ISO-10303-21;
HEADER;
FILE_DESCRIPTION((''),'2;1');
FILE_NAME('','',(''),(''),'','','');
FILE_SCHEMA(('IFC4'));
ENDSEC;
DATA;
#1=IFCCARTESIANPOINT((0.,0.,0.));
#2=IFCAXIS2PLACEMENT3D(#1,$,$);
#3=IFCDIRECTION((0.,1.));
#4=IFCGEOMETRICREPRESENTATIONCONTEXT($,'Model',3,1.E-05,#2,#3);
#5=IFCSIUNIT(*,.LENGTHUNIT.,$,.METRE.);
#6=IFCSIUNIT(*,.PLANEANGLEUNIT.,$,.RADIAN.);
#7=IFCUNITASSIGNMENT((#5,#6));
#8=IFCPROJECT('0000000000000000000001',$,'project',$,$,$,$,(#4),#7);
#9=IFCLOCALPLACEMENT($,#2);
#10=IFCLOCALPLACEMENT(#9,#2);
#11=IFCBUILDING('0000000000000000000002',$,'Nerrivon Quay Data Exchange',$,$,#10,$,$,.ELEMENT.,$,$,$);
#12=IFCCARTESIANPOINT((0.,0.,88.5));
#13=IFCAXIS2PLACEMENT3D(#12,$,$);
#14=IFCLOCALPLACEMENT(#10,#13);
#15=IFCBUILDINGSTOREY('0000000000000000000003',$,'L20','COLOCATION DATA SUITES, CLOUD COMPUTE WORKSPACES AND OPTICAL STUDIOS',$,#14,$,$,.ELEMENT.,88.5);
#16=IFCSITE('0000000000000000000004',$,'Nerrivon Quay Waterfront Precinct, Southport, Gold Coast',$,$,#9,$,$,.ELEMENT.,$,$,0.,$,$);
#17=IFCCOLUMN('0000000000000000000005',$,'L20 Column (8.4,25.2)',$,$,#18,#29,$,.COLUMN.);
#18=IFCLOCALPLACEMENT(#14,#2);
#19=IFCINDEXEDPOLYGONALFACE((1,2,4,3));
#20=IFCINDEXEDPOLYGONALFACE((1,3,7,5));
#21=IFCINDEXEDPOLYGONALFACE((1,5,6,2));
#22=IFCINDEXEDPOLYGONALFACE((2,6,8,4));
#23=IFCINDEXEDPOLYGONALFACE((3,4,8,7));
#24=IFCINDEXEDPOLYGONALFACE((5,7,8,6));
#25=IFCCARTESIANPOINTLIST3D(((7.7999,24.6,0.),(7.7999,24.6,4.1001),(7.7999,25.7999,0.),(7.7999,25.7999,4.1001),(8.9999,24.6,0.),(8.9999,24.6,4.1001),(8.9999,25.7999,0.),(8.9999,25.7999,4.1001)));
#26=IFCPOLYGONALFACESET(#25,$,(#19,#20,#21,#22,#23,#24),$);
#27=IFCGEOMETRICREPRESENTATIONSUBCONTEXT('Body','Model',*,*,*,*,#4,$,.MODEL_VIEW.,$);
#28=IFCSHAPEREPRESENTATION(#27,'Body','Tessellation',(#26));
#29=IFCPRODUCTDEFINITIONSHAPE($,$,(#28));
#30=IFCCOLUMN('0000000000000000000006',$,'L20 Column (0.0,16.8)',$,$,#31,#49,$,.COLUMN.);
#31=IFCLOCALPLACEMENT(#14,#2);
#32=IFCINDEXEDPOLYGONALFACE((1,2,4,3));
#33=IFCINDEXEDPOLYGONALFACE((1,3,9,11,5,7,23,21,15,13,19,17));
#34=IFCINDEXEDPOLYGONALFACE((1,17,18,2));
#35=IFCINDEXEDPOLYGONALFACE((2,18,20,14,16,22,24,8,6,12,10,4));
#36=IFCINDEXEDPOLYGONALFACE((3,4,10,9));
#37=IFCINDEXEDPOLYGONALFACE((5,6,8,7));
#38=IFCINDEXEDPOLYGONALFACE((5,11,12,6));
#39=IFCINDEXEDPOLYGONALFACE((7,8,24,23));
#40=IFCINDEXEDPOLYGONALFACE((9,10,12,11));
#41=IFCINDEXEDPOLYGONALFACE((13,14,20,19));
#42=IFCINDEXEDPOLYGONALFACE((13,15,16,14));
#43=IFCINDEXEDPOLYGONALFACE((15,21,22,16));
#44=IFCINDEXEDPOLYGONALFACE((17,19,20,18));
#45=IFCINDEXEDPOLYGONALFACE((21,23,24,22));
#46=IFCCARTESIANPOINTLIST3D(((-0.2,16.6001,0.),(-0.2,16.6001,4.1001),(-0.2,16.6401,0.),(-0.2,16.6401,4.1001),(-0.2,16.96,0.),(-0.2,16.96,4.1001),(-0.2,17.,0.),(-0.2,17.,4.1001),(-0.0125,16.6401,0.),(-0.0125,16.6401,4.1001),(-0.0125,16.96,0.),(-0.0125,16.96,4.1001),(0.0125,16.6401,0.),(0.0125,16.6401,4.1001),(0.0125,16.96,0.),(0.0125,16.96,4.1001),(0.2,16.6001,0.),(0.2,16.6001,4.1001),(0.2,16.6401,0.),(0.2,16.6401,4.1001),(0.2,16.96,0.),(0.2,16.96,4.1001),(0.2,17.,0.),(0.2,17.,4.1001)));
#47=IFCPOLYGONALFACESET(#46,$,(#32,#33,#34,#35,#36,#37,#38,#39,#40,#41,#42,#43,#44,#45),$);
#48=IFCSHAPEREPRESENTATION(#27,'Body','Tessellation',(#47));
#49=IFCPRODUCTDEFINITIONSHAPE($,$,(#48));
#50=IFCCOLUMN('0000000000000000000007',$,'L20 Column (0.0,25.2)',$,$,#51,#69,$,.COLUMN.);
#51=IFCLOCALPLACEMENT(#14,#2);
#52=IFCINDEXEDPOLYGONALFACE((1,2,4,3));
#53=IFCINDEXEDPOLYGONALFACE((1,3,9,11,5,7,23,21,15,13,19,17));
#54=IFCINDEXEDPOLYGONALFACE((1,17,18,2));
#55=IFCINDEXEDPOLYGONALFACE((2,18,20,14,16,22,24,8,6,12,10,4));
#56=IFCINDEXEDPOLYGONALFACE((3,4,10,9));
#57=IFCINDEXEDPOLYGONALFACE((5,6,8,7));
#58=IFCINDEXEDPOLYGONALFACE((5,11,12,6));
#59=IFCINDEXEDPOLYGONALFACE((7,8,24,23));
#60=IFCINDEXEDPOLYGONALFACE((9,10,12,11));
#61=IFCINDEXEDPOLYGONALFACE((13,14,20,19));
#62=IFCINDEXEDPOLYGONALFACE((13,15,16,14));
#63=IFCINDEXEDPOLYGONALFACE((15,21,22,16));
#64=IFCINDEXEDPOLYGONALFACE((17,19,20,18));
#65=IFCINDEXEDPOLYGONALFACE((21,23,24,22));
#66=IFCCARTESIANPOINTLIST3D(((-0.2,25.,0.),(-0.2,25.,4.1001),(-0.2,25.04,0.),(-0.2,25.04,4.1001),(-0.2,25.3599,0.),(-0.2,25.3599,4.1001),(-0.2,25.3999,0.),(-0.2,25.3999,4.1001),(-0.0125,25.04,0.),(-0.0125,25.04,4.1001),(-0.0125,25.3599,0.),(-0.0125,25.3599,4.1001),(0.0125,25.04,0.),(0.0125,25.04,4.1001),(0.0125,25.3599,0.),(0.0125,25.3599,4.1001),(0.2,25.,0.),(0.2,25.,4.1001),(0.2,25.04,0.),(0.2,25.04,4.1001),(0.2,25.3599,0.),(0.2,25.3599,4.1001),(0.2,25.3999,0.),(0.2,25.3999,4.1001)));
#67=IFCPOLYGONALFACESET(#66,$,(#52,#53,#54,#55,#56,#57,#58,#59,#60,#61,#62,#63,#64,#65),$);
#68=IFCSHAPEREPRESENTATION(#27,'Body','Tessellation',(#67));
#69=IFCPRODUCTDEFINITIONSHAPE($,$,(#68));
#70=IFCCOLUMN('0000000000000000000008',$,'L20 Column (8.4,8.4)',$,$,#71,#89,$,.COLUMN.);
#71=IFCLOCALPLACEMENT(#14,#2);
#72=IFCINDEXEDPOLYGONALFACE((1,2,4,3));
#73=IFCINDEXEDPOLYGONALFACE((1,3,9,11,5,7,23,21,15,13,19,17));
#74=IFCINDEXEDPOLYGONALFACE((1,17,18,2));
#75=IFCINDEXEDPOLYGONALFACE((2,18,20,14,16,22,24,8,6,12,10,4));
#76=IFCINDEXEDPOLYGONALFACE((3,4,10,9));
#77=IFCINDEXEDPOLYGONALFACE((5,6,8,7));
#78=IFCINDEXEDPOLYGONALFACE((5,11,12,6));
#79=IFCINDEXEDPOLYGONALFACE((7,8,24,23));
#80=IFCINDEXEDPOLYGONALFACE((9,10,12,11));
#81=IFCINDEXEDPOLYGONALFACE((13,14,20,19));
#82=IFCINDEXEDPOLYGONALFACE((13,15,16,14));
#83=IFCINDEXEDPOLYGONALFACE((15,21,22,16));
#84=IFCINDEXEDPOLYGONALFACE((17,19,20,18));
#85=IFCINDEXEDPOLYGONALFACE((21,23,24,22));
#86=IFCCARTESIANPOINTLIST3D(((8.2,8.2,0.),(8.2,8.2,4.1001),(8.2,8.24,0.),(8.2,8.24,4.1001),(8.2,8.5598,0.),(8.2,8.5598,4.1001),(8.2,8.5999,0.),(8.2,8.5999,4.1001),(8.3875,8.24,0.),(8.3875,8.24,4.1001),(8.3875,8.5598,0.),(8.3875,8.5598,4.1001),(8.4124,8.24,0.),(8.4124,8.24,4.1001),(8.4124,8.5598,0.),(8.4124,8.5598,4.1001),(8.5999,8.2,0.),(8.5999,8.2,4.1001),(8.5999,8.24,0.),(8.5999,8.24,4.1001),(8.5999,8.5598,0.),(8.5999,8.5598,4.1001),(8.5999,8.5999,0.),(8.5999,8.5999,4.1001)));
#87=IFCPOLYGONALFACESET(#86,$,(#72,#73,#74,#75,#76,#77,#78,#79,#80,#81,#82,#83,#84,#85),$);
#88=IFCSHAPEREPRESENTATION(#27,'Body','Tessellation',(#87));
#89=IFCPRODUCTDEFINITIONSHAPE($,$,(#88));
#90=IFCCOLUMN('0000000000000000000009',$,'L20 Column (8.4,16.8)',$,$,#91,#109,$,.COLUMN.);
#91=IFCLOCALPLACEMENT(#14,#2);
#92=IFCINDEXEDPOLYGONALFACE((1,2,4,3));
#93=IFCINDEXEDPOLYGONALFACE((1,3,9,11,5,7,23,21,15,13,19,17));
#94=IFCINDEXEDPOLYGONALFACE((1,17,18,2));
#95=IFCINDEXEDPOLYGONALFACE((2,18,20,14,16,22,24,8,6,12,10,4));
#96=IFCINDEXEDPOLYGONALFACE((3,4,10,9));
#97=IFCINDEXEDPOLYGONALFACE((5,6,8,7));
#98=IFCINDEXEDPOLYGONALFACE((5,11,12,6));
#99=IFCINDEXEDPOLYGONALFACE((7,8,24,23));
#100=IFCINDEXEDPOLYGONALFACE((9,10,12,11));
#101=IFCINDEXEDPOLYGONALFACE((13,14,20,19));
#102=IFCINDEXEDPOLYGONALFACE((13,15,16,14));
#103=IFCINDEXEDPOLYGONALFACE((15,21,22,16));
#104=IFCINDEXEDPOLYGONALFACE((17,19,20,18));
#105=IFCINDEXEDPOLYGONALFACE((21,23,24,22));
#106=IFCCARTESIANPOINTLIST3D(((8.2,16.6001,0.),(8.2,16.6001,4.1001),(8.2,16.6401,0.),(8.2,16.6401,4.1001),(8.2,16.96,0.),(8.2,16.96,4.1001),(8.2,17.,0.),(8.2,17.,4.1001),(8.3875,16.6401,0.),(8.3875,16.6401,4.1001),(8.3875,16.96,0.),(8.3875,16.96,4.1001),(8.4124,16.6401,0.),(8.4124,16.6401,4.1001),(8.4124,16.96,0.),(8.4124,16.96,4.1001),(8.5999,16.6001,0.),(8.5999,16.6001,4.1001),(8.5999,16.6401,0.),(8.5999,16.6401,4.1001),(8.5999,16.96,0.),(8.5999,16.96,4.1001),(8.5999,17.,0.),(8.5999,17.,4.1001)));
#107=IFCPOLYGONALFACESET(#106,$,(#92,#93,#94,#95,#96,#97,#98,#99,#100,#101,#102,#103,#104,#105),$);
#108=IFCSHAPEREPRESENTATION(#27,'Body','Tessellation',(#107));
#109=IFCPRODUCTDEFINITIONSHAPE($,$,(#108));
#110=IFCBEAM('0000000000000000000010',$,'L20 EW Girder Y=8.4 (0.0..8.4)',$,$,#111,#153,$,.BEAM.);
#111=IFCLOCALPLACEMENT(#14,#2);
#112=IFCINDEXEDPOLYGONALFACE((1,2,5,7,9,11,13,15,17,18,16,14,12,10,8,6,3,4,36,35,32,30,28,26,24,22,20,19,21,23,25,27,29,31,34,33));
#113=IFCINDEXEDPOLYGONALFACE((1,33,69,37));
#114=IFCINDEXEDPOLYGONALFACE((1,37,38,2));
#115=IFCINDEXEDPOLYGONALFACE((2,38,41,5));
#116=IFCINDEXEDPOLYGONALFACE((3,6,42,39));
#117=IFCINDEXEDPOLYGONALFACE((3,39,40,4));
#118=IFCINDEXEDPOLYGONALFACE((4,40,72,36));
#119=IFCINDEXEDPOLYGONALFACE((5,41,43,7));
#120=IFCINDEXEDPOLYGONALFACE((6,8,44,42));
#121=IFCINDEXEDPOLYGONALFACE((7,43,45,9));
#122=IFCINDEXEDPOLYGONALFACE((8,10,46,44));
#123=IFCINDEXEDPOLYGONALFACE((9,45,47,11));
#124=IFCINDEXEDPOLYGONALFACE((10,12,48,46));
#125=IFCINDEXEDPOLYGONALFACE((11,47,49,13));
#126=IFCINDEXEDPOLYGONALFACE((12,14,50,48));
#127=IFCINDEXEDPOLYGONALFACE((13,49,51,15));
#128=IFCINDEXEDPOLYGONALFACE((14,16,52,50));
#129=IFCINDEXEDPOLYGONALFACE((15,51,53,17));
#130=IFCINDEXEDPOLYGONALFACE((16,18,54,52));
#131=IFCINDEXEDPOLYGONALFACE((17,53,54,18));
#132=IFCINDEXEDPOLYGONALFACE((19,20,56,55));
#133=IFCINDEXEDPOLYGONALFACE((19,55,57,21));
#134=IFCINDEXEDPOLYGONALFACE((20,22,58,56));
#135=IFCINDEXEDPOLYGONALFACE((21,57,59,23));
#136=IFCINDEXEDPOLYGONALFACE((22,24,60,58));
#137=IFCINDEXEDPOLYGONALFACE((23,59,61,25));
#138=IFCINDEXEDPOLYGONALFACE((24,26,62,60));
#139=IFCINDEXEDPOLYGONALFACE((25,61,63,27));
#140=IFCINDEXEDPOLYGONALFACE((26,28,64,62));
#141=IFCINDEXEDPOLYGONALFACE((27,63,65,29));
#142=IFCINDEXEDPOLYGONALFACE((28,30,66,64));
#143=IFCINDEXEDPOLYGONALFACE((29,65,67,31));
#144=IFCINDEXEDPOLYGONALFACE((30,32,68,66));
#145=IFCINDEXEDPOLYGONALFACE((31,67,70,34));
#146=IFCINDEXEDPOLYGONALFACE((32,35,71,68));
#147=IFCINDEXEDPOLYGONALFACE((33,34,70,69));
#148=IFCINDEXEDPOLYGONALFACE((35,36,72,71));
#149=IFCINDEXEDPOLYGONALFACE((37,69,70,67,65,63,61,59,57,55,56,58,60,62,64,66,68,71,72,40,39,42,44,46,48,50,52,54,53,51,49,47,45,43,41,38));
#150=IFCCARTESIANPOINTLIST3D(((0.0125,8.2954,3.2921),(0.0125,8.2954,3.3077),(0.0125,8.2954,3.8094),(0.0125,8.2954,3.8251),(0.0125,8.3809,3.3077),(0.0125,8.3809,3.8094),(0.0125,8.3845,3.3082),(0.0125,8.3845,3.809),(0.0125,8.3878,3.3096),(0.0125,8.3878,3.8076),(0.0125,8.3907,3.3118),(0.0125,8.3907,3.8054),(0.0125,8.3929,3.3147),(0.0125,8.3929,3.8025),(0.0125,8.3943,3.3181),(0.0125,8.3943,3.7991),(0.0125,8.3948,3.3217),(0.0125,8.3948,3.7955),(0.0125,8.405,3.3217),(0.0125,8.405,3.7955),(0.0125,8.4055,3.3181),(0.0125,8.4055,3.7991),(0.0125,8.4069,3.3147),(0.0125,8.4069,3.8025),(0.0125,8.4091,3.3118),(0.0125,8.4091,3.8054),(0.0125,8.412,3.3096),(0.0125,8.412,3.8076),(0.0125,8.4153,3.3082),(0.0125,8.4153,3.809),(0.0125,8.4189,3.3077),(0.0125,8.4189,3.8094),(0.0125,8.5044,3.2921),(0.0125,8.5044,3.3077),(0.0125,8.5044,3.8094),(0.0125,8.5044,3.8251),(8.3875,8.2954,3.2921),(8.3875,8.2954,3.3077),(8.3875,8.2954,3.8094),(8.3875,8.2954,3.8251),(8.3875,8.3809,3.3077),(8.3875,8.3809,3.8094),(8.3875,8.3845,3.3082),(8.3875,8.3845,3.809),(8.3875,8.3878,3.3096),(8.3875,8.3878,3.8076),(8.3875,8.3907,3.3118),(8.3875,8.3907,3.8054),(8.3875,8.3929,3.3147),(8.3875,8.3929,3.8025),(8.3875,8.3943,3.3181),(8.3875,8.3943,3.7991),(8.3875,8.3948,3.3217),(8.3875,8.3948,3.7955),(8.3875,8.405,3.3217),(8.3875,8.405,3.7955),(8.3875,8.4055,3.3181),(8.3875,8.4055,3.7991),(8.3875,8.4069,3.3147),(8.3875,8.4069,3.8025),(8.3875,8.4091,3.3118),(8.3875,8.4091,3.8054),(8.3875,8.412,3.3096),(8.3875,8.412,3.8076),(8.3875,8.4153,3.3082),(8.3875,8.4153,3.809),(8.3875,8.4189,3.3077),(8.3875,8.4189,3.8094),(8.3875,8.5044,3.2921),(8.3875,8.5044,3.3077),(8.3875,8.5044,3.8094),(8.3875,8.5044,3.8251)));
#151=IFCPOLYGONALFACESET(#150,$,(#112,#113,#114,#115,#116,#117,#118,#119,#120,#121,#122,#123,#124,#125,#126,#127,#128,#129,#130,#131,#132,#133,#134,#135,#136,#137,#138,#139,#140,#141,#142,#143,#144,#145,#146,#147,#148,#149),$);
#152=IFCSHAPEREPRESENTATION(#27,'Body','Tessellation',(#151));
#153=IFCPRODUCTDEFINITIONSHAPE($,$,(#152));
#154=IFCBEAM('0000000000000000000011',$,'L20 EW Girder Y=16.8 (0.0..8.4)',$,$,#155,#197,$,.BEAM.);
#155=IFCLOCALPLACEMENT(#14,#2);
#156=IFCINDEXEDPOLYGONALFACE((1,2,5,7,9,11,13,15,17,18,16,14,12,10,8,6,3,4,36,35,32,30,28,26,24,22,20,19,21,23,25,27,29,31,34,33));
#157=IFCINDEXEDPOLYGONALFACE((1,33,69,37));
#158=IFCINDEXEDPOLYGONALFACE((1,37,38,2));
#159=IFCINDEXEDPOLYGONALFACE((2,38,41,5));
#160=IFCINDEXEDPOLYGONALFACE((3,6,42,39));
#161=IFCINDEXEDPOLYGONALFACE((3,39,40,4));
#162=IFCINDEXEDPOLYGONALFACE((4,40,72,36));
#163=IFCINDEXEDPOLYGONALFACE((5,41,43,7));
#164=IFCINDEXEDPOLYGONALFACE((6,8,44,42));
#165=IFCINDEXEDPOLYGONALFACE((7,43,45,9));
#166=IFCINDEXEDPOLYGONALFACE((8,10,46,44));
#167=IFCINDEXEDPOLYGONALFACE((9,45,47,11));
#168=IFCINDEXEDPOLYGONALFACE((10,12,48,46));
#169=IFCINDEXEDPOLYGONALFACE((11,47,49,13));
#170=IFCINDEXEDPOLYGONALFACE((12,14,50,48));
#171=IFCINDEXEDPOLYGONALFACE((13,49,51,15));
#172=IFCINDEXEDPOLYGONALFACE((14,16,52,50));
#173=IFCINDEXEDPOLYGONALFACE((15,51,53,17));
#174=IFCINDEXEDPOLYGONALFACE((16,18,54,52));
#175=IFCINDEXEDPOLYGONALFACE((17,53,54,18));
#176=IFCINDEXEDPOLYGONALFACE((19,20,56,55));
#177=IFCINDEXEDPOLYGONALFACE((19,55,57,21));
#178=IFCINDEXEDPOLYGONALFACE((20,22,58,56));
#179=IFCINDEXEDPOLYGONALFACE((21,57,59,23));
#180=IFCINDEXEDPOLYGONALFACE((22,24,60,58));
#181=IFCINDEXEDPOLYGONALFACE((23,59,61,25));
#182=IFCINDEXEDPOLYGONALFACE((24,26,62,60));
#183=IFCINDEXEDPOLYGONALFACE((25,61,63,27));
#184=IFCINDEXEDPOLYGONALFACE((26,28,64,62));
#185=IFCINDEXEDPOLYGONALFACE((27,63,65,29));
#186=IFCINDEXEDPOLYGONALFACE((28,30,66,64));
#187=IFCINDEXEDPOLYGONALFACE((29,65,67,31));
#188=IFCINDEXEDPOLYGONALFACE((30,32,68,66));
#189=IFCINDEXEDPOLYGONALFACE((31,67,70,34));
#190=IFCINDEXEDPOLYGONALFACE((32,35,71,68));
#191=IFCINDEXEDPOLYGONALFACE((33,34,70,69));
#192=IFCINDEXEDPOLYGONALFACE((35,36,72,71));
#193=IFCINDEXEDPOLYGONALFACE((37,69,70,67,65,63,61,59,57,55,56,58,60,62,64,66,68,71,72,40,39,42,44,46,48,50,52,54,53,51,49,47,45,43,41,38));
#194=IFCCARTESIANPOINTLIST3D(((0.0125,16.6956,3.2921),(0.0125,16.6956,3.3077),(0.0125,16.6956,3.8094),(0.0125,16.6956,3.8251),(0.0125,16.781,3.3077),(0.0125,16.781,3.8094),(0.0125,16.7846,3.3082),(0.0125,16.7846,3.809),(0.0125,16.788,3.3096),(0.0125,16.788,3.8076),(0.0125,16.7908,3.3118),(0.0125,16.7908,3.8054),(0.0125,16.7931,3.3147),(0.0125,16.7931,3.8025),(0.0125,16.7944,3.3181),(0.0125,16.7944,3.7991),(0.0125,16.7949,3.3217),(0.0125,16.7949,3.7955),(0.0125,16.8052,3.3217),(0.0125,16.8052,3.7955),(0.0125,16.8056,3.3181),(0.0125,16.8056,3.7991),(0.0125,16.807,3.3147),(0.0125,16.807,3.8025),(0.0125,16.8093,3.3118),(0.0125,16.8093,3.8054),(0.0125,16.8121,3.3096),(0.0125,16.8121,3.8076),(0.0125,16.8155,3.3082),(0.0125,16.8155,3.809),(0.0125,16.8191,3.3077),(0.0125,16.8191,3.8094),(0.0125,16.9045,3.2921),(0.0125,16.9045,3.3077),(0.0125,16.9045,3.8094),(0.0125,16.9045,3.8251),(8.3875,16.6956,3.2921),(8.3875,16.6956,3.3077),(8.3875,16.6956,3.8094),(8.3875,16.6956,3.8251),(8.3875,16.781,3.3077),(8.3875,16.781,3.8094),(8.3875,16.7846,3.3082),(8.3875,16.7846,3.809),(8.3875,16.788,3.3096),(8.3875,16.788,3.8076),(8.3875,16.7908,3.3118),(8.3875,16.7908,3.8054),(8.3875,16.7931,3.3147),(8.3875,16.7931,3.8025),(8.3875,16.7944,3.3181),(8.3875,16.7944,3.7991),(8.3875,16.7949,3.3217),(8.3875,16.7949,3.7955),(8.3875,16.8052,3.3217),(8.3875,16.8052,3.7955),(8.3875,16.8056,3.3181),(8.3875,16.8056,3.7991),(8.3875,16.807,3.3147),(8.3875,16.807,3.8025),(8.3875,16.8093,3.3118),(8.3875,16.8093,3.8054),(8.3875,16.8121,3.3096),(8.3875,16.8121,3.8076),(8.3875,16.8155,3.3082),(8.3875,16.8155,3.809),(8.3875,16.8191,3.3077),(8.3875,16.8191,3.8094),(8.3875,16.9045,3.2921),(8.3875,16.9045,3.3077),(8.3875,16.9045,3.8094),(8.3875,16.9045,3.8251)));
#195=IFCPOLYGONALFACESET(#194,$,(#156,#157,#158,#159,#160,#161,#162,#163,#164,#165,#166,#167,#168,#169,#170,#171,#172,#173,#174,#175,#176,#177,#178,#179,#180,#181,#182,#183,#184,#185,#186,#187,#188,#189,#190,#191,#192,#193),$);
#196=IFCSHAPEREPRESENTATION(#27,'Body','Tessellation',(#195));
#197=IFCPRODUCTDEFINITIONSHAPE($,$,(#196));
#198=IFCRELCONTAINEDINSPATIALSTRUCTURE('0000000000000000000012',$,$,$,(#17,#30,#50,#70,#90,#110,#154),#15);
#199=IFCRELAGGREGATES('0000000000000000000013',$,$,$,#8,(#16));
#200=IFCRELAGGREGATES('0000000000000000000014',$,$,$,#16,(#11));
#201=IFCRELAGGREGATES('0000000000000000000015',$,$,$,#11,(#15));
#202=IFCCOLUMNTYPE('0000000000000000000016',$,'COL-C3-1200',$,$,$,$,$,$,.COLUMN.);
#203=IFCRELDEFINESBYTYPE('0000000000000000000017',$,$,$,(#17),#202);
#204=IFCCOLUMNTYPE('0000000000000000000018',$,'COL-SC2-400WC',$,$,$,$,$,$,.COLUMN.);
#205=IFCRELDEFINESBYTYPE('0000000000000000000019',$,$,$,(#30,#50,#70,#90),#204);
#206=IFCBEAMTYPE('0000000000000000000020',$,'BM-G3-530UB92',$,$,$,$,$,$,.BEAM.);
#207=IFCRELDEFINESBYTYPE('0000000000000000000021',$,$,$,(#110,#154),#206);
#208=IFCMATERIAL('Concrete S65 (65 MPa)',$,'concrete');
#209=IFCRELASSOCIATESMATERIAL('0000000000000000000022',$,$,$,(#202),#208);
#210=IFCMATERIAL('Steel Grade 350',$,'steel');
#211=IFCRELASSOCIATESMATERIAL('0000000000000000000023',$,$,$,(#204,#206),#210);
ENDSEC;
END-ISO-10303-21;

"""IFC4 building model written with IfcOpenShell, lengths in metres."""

from ifc_helpers import new_model, si_unit, direction, frame, origin, origin_2d, place, context, subcontext, project, spatial, rectangle, i_section, extrude, material, material_profile, profile_set, type_object, element, save


model = new_model("IFC4")

# Units and contexts
model_context = context("Model", 3, precision=1e-05, world=origin(), true_north=direction((0.0, 1.0)))
body_context = subcontext(model_context, "Body", "Model", "MODEL_VIEW")
ifc_project = project(units=[si_unit("LENGTHUNIT", "METRE"), si_unit("PLANEANGLEUNIT", "RADIAN")], contexts=[model_context])

# Site, building, storey
site_placement = place(None, origin())
site = spatial("IfcSite", under=ifc_project, at=site_placement, Name="Nerrivon Quay Waterfront Precinct, Southport, Gold Coast", CompositionType="ELEMENT", RefElevation=0.0)
building_placement = place(site_placement, origin())
building = spatial("IfcBuilding", under=site, at=building_placement, Name="Nerrivon Quay Data Exchange", CompositionType="ELEMENT")
storey_placement = place(building_placement, frame((0.0, 0.0, 88.5)))
storey = spatial("IfcBuildingStorey", under=building, at=storey_placement, Name="L20", Description="COLOCATION DATA SUITES, CLOUD COMPUTE WORKSPACES AND OPTICAL STUDIOS", CompositionType="ELEMENT", Elevation=88.5)

# Columns
ifc_material_1 = material(Name="Concrete S65 (65 MPa)", Category="concrete")
ifc_material_profile_1 = material_profile(ifc_material_1, rectangle(XDim=1.2, YDim=1.2, at=origin_2d()), Name="RC-COL-1200x1200")
ifc_profile_set_1 = profile_set([ifc_material_profile_1], Name="Concrete S65 (65 MPa)")
column_type_1 = type_object("IfcColumnType", Name="COL-C3-1200", PredefinedType="COLUMN", material=ifc_profile_set_1)
column_placement = place(storey_placement, frame((8.3999, 25.2, 0.0), z_axis=(0.0, 0.0, 1.0), x_axis=(1.0, 0.0, 0.0)))
element("IfcColumn", 1, at=column_placement, inside=storey, type_object=column_type_1, Name="L20 Column (8.4,25.2)", PredefinedType="COLUMN", context=body_context, shape_type="SweptSolid", body=[
    extrude(rectangle(XDim=1.2, YDim=1.2, at=origin_2d()), origin(), (0.0, 0.0, 1.0), 4.1001),
])
ifc_material_2 = material(Name="Steel Grade 350", Category="steel")
ifc_material_profile_2 = material_profile(ifc_material_2, i_section(OverallWidth=0.3999, OverallDepth=0.3999, WebThickness=0.0249, FlangeThickness=0.04, at=origin_2d()), Name="400WC328")
ifc_profile_set_2 = profile_set([ifc_material_profile_2], Name="Steel Grade 350")
column_type_2 = type_object("IfcColumnType", Name="COL-SC2-400WC", PredefinedType="COLUMN", material=ifc_profile_set_2)
for number, where, z_axis, x_axis, name in (
    (2, (0.0, 16.8, 0.0), (0.0, 0.0, 1.0), (1.0, 0.0, 0.0), "L20 Column (0.0,16.8)"),
    (3, (0.0, 25.2, 0.0), (0.0, 0.0, 1.0), (1.0, 0.0, 0.0), "L20 Column (0.0,25.2)"),
    (4, (8.3999, 8.3999, 0.0), (0.0, 0.0, 1.0), (1.0, 0.0, 0.0), "L20 Column (8.4,8.4)"),
    (5, (8.3999, 16.8, 0.0), (0.0, 0.0, 1.0), (1.0, 0.0, 0.0), "L20 Column (8.4,16.8)"),
):
    element("IfcColumn", number, at=place(storey_placement, frame(where, z_axis=z_axis, x_axis=x_axis)), inside=storey, type_object=column_type_2, Name=name, PredefinedType="COLUMN", context=body_context, shape_type="SweptSolid", body=[
        extrude(i_section(OverallWidth=0.3999, OverallDepth=0.3999, WebThickness=0.0249, FlangeThickness=0.04, at=origin_2d()), origin(), (0.0, 0.0, 1.0), 4.1001),
    ])

# Beams
ifc_material_profile_3 = material_profile(ifc_material_2, i_section(OverallWidth=0.209, OverallDepth=0.533, WebThickness=0.0103, FlangeThickness=0.0156, FilletRadius=0.0139, at=origin_2d()), Name="530UB92.4")
ifc_profile_set_3 = profile_set([ifc_material_profile_3], Name="Steel Grade 350")
beam_type_1 = type_object("IfcBeamType", Name="BM-G3-530UB92", PredefinedType="BEAM", material=ifc_profile_set_3)
for number, where, z_axis, x_axis, name in (
    (6, (0.0125, 8.3999, 3.5586), (1.0, 0.0, 0.0), (0.0, 1.0, 0.0), "L20 EW Girder Y=8.4 (0.0..8.4)"),
    (7, (0.0125, 16.8, 3.5586), (1.0, 0.0, 0.0), (0.0, 1.0, 0.0), "L20 EW Girder Y=16.8 (0.0..8.4)"),
):
    element("IfcBeam", number, at=place(storey_placement, frame(where, z_axis=z_axis, x_axis=x_axis)), inside=storey, type_object=beam_type_1, Name=name, PredefinedType="BEAM", context=body_context, shape_type="SweptSolid", body=[
        extrude(i_section(OverallWidth=0.209, OverallDepth=0.533, WebThickness=0.0103, FlangeThickness=0.0156, FilletRadius=0.0139, at=origin_2d()), origin(), (0.0, 0.0, 1.0), 8.375),
    ])

save(model, "model.ifc")
